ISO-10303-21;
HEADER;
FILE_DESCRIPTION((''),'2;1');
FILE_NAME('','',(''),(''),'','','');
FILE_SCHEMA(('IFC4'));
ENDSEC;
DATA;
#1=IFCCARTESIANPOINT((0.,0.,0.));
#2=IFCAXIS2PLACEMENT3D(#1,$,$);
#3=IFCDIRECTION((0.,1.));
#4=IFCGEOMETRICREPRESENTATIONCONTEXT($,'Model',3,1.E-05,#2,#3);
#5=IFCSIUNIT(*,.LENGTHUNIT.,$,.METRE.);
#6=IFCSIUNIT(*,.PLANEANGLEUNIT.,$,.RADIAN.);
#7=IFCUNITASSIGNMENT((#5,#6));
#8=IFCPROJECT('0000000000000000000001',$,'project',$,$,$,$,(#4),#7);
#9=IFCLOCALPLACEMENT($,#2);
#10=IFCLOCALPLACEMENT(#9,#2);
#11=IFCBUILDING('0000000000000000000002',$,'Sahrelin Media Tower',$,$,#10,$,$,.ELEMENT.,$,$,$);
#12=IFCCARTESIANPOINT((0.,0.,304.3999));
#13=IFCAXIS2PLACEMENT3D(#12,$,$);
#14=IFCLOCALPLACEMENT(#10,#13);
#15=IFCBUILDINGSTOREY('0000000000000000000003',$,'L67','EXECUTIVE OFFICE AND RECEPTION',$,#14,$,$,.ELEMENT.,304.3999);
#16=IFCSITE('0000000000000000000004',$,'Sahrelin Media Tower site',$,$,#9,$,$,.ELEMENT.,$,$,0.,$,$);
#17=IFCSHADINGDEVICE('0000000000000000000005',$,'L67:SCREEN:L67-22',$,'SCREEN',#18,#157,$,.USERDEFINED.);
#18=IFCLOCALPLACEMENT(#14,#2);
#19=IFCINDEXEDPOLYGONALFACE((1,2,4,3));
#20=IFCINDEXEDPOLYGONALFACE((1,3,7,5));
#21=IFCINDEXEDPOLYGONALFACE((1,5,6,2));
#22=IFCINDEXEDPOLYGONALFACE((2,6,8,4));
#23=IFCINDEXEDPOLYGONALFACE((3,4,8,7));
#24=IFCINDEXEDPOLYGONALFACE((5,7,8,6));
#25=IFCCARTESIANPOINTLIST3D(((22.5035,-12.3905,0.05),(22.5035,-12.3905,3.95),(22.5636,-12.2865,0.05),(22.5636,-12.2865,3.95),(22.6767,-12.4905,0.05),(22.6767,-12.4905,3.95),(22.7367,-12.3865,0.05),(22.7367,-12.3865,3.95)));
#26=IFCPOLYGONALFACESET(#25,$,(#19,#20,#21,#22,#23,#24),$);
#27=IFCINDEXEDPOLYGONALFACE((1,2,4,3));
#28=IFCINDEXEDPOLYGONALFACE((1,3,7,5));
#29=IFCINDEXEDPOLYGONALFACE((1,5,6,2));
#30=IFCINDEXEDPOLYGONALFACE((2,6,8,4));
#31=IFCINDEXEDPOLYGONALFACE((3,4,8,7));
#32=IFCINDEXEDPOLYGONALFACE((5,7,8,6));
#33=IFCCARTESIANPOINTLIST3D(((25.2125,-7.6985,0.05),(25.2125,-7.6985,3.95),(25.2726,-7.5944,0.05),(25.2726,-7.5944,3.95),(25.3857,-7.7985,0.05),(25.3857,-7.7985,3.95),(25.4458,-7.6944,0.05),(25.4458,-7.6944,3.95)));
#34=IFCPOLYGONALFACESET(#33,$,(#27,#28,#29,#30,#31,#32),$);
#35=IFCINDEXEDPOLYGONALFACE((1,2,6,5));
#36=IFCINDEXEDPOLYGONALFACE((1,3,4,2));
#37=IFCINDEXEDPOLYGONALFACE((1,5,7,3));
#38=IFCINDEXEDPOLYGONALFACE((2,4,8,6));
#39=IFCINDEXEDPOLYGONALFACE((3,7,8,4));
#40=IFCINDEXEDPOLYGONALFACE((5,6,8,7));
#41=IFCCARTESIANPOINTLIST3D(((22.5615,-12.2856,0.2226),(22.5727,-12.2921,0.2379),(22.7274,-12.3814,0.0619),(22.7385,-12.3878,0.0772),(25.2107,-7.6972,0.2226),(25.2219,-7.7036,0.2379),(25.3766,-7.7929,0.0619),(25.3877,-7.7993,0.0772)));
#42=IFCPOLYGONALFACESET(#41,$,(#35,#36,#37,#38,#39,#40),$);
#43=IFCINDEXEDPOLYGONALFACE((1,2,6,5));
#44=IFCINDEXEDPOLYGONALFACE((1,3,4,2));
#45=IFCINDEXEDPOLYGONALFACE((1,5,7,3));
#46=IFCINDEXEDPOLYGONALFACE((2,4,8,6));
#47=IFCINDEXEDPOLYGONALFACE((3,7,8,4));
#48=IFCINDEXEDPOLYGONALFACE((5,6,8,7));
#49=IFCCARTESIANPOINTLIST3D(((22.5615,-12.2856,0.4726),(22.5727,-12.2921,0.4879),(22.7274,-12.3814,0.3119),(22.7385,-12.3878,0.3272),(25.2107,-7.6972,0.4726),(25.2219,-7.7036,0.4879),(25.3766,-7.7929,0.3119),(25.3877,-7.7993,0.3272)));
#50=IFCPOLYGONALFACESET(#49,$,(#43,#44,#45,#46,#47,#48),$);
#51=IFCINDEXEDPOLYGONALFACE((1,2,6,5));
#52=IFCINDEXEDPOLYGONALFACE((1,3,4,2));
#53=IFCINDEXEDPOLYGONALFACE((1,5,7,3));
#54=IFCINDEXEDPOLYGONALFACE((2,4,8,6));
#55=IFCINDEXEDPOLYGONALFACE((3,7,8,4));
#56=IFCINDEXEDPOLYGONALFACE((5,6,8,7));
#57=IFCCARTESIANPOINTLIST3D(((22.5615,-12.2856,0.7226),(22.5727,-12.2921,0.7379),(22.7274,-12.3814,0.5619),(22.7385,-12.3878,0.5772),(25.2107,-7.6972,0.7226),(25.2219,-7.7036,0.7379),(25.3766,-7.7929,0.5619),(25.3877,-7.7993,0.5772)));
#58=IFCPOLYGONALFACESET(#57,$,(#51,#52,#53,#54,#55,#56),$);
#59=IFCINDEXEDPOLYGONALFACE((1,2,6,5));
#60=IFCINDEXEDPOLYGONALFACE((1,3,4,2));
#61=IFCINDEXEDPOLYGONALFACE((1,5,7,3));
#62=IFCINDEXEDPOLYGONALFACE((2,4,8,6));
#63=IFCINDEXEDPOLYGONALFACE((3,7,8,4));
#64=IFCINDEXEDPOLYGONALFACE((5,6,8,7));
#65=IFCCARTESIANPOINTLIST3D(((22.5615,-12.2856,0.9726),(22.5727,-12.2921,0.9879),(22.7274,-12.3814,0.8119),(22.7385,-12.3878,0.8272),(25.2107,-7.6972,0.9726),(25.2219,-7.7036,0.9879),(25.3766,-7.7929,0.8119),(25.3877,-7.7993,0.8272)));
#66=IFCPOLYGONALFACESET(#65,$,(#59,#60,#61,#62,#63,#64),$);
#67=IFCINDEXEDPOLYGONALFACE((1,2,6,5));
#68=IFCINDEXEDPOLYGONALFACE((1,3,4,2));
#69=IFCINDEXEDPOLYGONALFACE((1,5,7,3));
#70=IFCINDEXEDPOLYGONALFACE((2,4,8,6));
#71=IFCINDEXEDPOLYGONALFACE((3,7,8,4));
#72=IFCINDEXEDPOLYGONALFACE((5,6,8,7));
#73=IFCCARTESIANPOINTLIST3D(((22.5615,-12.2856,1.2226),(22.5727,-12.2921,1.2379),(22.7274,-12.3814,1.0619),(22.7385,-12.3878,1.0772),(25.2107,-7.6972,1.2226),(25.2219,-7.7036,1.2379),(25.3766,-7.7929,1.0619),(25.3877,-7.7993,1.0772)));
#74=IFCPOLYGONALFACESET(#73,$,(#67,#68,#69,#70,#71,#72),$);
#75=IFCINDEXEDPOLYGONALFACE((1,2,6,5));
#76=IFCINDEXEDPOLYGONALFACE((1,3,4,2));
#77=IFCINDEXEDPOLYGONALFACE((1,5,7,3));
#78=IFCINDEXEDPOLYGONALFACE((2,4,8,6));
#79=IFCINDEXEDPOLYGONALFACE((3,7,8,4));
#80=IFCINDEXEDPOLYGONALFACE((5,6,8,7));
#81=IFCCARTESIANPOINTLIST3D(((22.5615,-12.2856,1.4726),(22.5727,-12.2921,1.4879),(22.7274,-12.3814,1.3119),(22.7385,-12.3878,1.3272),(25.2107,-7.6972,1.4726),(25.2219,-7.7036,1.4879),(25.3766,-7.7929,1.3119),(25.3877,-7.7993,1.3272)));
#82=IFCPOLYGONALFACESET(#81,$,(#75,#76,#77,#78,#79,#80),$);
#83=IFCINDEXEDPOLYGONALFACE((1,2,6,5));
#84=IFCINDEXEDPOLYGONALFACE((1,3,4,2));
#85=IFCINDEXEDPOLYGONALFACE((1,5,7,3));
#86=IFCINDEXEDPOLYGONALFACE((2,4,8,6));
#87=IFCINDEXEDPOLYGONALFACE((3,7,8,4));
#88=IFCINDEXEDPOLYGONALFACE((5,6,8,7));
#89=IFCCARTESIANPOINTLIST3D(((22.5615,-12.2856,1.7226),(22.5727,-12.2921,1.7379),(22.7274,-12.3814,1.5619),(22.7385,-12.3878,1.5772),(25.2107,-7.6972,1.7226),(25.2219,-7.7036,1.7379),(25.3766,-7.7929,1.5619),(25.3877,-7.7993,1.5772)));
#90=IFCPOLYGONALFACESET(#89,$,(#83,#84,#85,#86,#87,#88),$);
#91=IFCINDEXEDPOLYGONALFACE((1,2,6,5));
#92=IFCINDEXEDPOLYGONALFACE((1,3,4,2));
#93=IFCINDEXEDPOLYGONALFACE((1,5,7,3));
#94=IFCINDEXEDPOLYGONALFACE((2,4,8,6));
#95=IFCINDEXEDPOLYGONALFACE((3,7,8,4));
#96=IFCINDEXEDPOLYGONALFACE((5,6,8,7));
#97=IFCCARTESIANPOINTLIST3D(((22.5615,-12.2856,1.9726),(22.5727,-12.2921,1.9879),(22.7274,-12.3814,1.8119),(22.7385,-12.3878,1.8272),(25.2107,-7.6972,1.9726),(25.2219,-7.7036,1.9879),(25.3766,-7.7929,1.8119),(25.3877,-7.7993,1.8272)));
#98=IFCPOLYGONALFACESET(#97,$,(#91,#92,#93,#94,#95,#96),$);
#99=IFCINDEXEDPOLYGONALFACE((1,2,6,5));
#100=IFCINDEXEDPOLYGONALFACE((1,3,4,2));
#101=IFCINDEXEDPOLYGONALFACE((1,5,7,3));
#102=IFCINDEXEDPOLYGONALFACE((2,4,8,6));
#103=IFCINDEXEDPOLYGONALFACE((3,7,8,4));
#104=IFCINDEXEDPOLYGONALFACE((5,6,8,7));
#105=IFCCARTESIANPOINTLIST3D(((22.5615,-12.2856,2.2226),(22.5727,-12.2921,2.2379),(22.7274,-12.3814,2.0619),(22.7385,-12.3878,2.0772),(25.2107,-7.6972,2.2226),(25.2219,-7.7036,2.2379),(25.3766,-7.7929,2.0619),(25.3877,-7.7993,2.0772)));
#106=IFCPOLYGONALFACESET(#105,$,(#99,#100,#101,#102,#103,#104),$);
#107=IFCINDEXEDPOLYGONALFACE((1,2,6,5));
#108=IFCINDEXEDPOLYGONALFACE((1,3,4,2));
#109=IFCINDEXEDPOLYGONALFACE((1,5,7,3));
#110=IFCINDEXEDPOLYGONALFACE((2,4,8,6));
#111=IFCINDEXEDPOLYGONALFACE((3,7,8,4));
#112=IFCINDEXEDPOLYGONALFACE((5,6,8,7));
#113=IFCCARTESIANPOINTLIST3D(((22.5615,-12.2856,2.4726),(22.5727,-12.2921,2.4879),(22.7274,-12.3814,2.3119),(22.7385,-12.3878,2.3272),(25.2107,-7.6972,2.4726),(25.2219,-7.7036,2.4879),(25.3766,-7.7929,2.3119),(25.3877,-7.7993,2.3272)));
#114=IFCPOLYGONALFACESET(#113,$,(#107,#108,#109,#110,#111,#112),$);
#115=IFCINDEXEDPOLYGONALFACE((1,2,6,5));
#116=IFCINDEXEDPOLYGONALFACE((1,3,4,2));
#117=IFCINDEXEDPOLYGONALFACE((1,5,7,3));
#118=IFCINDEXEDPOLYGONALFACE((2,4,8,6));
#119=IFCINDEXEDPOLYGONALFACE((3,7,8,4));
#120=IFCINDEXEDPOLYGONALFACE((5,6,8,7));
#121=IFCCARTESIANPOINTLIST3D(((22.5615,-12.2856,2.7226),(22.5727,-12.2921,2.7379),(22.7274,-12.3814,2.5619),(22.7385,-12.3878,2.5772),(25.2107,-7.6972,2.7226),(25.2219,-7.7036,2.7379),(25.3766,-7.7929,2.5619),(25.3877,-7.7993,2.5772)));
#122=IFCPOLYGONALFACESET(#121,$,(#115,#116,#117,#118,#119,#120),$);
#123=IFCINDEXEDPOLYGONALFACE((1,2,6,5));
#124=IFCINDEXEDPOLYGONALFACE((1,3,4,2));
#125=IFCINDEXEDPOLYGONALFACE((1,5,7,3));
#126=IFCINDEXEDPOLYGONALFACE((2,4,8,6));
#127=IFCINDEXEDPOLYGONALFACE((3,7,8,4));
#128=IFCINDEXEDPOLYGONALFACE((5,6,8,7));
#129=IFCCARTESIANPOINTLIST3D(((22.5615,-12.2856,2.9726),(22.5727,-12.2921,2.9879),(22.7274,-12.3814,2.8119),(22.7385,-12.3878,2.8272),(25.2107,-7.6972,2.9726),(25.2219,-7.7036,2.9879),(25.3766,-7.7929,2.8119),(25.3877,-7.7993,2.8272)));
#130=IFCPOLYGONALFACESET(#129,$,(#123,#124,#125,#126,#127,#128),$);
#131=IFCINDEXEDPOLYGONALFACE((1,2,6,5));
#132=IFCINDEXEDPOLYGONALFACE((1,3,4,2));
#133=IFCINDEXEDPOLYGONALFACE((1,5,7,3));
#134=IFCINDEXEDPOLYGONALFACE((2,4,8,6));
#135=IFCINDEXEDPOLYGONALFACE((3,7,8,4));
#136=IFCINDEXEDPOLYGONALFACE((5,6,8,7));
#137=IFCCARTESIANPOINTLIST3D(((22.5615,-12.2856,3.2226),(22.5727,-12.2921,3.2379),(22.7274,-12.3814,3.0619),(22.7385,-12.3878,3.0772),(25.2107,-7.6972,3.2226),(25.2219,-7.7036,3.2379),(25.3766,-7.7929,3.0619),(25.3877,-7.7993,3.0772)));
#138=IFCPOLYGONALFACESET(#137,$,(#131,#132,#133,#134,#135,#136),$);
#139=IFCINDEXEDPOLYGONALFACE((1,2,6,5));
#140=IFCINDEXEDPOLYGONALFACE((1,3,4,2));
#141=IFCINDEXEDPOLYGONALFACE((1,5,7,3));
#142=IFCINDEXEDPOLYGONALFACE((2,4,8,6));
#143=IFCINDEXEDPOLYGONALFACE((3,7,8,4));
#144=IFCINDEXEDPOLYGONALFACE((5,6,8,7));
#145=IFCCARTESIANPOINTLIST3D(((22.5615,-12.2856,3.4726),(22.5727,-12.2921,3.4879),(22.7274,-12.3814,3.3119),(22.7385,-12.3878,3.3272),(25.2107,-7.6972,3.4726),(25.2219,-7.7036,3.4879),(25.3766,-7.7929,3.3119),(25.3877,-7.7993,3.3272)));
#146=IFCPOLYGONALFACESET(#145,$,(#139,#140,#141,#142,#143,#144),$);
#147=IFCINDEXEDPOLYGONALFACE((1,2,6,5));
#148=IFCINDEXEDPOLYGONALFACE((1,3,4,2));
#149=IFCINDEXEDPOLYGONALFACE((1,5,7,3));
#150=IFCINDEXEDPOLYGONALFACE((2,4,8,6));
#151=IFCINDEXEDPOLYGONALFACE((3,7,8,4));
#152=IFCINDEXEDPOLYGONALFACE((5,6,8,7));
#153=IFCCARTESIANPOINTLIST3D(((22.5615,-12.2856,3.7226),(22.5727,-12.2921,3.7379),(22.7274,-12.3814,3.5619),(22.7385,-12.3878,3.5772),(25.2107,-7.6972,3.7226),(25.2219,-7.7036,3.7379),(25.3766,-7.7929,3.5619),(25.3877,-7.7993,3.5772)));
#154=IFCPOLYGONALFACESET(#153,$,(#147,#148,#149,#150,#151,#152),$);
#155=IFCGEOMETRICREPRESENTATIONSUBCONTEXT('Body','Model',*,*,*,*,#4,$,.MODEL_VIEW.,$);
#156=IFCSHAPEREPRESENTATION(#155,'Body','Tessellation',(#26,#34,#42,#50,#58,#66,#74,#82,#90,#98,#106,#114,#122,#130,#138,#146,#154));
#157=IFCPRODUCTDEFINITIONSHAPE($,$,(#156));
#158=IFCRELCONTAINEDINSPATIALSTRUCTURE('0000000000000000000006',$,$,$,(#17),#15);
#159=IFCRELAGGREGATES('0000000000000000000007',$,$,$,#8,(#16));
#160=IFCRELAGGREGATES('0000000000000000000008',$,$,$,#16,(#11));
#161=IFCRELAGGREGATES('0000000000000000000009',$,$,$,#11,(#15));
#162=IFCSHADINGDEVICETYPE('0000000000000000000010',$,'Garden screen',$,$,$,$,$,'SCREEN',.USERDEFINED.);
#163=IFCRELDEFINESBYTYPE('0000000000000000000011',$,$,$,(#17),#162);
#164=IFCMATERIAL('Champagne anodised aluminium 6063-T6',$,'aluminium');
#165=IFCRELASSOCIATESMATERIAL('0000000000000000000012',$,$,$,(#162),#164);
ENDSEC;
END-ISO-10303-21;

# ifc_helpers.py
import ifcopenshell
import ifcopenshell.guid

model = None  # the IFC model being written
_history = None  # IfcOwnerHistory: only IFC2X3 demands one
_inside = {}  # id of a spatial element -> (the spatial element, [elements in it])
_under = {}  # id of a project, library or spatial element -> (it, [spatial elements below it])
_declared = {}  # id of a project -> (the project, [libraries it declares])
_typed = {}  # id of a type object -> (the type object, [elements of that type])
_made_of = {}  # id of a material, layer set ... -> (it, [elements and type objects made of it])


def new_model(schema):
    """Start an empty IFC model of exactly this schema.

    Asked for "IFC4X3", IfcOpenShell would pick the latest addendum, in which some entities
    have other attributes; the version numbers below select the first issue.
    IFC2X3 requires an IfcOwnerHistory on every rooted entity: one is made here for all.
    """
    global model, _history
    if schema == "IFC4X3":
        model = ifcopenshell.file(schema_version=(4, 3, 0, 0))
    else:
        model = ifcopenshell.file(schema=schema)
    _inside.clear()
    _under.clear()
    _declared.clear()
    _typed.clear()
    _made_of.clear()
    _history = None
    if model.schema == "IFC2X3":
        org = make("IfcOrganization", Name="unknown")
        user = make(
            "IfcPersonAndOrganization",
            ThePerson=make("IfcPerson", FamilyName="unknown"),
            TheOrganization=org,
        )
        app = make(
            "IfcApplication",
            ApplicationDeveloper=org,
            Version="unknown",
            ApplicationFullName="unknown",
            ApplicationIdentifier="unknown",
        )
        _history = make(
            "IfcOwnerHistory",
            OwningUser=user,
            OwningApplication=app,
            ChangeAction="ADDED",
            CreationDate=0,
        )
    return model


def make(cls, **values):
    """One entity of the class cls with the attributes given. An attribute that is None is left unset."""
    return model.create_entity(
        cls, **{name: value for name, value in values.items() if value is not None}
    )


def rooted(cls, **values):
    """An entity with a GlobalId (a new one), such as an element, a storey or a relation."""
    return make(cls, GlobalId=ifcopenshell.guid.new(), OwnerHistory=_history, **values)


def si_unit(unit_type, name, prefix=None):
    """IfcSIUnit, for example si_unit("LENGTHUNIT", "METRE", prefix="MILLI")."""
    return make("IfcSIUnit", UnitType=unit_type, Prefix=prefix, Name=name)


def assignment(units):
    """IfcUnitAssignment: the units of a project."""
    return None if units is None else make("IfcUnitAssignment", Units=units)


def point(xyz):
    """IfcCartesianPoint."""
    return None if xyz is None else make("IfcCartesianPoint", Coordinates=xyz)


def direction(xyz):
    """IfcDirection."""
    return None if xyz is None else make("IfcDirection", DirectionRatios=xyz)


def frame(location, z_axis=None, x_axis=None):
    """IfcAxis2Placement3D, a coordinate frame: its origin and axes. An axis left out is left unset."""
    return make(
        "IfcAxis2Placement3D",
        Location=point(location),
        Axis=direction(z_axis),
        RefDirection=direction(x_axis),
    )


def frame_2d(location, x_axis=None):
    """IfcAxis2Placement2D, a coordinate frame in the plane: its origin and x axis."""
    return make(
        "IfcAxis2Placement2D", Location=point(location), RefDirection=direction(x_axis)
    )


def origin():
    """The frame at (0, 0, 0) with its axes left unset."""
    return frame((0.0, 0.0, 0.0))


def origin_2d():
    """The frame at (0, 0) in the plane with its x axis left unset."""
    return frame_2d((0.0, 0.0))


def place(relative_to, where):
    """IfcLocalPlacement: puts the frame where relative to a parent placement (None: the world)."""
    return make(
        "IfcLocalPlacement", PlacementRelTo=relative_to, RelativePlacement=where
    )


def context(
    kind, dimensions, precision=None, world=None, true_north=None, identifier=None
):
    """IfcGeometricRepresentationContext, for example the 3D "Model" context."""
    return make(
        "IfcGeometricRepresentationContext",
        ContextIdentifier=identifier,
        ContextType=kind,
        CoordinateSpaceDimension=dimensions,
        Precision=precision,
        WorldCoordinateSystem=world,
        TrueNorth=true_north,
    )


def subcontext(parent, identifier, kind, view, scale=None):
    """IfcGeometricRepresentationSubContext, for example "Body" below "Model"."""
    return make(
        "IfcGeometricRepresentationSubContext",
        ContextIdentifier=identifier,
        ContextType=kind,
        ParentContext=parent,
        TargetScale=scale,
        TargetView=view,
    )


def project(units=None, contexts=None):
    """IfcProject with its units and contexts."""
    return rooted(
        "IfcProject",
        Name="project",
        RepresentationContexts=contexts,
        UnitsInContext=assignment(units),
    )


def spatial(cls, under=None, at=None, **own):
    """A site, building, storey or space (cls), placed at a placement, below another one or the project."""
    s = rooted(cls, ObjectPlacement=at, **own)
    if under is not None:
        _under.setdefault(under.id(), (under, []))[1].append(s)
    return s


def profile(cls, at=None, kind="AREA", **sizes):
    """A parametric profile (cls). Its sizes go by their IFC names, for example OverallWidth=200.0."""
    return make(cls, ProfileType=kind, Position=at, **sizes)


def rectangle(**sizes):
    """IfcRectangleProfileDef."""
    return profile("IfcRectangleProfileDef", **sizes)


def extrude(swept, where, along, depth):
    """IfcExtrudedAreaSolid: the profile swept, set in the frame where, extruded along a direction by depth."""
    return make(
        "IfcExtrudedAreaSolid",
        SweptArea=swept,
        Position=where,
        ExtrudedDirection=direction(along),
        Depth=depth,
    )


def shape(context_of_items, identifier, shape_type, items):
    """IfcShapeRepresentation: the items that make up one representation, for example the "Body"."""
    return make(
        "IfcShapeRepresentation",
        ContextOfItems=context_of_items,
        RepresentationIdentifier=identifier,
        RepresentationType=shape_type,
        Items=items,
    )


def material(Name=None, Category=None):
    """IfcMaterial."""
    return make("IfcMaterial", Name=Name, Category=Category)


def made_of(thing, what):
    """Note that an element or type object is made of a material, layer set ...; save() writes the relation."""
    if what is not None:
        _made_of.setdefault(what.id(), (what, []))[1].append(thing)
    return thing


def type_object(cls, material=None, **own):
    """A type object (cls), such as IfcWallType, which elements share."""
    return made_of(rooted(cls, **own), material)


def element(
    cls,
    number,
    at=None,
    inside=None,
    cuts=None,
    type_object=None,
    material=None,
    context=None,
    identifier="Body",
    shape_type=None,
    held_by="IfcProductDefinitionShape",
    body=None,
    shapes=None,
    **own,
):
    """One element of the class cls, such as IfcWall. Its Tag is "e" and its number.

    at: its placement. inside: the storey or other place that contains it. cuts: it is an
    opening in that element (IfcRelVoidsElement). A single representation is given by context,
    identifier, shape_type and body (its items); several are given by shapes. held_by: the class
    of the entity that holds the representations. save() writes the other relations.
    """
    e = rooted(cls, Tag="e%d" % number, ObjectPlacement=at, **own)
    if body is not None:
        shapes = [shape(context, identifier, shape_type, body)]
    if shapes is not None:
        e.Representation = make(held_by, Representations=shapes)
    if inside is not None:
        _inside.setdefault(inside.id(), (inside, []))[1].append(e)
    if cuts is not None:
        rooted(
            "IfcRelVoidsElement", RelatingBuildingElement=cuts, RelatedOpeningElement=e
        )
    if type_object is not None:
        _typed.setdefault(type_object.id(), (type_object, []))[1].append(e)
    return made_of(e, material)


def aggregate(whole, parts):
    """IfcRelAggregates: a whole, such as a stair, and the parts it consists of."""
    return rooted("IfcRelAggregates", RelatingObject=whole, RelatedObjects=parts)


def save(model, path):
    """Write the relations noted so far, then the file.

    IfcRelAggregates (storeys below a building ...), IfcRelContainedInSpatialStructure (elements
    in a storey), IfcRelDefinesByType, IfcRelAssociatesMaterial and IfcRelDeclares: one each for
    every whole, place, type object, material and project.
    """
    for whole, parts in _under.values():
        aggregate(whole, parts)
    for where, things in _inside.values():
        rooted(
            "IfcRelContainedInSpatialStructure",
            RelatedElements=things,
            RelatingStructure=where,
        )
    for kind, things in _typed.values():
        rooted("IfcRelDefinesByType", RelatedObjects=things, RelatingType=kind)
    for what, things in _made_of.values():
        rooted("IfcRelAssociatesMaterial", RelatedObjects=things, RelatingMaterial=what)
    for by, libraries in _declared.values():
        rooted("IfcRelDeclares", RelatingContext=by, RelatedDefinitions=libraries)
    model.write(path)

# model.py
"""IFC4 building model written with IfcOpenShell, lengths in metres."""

from ifc_helpers import new_model, si_unit, direction, frame, origin, origin_2d, place, context, subcontext, project, spatial, rectangle, extrude, material, type_object, element, save


model = new_model("IFC4")

# Units and contexts
model_context = context("Model", 3, precision=1e-05, world=origin(), true_north=direction((0.0, 1.0)))
body_context = subcontext(model_context, "Body", "Model", "MODEL_VIEW")
ifc_project = project(units=[si_unit("LENGTHUNIT", "METRE"), si_unit("PLANEANGLEUNIT", "RADIAN")], contexts=[model_context])

# Site, building, storey
site_placement = place(None, origin())
site = spatial("IfcSite", under=ifc_project, at=site_placement, Name="Sahrelin Media Tower site", CompositionType="ELEMENT", RefElevation=0.0)
building_placement = place(site_placement, origin())
building = spatial("IfcBuilding", under=site, at=building_placement, Name="Sahrelin Media Tower", CompositionType="ELEMENT")
storey_placement = place(building_placement, frame((0.0, 0.0, 304.3999)))
storey = spatial("IfcBuildingStorey", under=building, at=storey_placement, Name="L67", Description="EXECUTIVE OFFICE AND RECEPTION", CompositionType="ELEMENT", Elevation=304.3999)

# Shading device
ifc_material_1 = material(Name="Champagne anodised aluminium 6063-T6", Category="aluminium")
shading_device_type = type_object("IfcShadingDeviceType", Name="Garden screen", ElementType="SCREEN", PredefinedType="USERDEFINED", material=ifc_material_1)
shading_device_1_placement = place(storey_placement, frame((23.8879, -9.9924, 0.0), z_axis=(0.0, 0.0, 1.0), x_axis=(-0.500011, -0.866019, 0.0)))
element("IfcShadingDevice", 1, at=shading_device_1_placement, inside=storey, type_object=shading_device_type, Name="L67:SCREEN:L67-22", ObjectType="SCREEN", PredefinedType="USERDEFINED", context=body_context, shape_type="SweptSolid", body=[
    extrude(rectangle(XDim=0.1201, YDim=0.2, at=origin_2d()), frame((2.709, 0.1001, 0.05), z_axis=(0.0, 0.0, 1.0), x_axis=(1.0, 0.0, 0.0)), (0.0, 0.0, 1.0), 3.8999),
    extrude(rectangle(XDim=0.1201, YDim=0.2, at=origin_2d()), frame((-2.709, 0.1001, 0.05), z_axis=(0.0, 0.0, 1.0), x_axis=(1.0, 0.0, 0.0)), (0.0, 0.0, 1.0), 3.8999),
    extrude(rectangle(XDim=0.25, YDim=0.02, at=origin_2d()), frame((2.6492, 0.1001, 0.1499), z_axis=(-1.0, 0.0, 0.0), x_axis=(0.0, -0.766044, 0.642788)), (0.0, 0.0, 1.0), 5.2983),
    extrude(rectangle(XDim=0.25, YDim=0.02, at=origin_2d()), frame((2.6492, 0.1001, 0.3999), z_axis=(-1.0, 0.0, 0.0), x_axis=(0.0, -0.766044, 0.642788)), (0.0, 0.0, 1.0), 5.2983),
    extrude(rectangle(XDim=0.25, YDim=0.02, at=origin_2d()), frame((2.6492, 0.1001, 0.6499), z_axis=(-1.0, 0.0, 0.0), x_axis=(0.0, -0.766044, 0.642788)), (0.0, 0.0, 1.0), 5.2983),
    extrude(rectangle(XDim=0.25, YDim=0.02, at=origin_2d()), frame((2.6492, 0.1001, 0.8999), z_axis=(-1.0, 0.0, 0.0), x_axis=(0.0, -0.766044, 0.642788)), (0.0, 0.0, 1.0), 5.2983),
    extrude(rectangle(XDim=0.25, YDim=0.02, at=origin_2d()), frame((2.6492, 0.1001, 1.1499), z_axis=(-1.0, 0.0, 0.0), x_axis=(0.0, -0.766044, 0.642788)), (0.0, 0.0, 1.0), 5.2983),
    extrude(rectangle(XDim=0.25, YDim=0.02, at=origin_2d()), frame((2.6492, 0.1001, 1.3999), z_axis=(-1.0, 0.0, 0.0), x_axis=(0.0, -0.766044, 0.642788)), (0.0, 0.0, 1.0), 5.2983),
    extrude(rectangle(XDim=0.25, YDim=0.02, at=origin_2d()), frame((2.6492, 0.1001, 1.6499), z_axis=(-1.0, 0.0, 0.0), x_axis=(0.0, -0.766044, 0.642788)), (0.0, 0.0, 1.0), 5.2983),
    extrude(rectangle(XDim=0.25, YDim=0.02, at=origin_2d()), frame((2.6492, 0.1001, 1.8999), z_axis=(-1.0, 0.0, 0.0), x_axis=(0.0, -0.766044, 0.642788)), (0.0, 0.0, 1.0), 5.2983),
    extrude(rectangle(XDim=0.25, YDim=0.02, at=origin_2d()), frame((2.6492, 0.1001, 2.1499), z_axis=(-1.0, 0.0, 0.0), x_axis=(0.0, -0.766044, 0.642788)), (0.0, 0.0, 1.0), 5.2983),
    extrude(rectangle(XDim=0.25, YDim=0.02, at=origin_2d()), frame((2.6492, 0.1001, 2.3999), z_axis=(-1.0, 0.0, 0.0), x_axis=(0.0, -0.766044, 0.642788)), (0.0, 0.0, 1.0), 5.2983),
    extrude(rectangle(XDim=0.25, YDim=0.02, at=origin_2d()), frame((2.6492, 0.1001, 2.6499), z_axis=(-1.0, 0.0, 0.0), x_axis=(0.0, -0.766044, 0.642788)), (0.0, 0.0, 1.0), 5.2983),
    extrude(rectangle(XDim=0.25, YDim=0.02, at=origin_2d()), frame((2.6492, 0.1001, 2.8999), z_axis=(-1.0, 0.0, 0.0), x_axis=(0.0, -0.766044, 0.642788)), (0.0, 0.0, 1.0), 5.2983),
    extrude(rectangle(XDim=0.25, YDim=0.02, at=origin_2d()), frame((2.6492, 0.1001, 3.1499), z_axis=(-1.0, 0.0, 0.0), x_axis=(0.0, -0.766044, 0.642788)), (0.0, 0.0, 1.0), 5.2983),
    extrude(rectangle(XDim=0.25, YDim=0.02, at=origin_2d()), frame((2.6492, 0.1001, 3.3999), z_axis=(-1.0, 0.0, 0.0), x_axis=(0.0, -0.766044, 0.642788)), (0.0, 0.0, 1.0), 5.2983),
    extrude(rectangle(XDim=0.25, YDim=0.02, at=origin_2d()), frame((2.6492, 0.1001, 3.6499), z_axis=(-1.0, 0.0, 0.0), x_axis=(0.0, -0.766044, 0.642788)), (0.0, 0.0, 1.0), 5.2983),
])

save(model, "model.ifc")
